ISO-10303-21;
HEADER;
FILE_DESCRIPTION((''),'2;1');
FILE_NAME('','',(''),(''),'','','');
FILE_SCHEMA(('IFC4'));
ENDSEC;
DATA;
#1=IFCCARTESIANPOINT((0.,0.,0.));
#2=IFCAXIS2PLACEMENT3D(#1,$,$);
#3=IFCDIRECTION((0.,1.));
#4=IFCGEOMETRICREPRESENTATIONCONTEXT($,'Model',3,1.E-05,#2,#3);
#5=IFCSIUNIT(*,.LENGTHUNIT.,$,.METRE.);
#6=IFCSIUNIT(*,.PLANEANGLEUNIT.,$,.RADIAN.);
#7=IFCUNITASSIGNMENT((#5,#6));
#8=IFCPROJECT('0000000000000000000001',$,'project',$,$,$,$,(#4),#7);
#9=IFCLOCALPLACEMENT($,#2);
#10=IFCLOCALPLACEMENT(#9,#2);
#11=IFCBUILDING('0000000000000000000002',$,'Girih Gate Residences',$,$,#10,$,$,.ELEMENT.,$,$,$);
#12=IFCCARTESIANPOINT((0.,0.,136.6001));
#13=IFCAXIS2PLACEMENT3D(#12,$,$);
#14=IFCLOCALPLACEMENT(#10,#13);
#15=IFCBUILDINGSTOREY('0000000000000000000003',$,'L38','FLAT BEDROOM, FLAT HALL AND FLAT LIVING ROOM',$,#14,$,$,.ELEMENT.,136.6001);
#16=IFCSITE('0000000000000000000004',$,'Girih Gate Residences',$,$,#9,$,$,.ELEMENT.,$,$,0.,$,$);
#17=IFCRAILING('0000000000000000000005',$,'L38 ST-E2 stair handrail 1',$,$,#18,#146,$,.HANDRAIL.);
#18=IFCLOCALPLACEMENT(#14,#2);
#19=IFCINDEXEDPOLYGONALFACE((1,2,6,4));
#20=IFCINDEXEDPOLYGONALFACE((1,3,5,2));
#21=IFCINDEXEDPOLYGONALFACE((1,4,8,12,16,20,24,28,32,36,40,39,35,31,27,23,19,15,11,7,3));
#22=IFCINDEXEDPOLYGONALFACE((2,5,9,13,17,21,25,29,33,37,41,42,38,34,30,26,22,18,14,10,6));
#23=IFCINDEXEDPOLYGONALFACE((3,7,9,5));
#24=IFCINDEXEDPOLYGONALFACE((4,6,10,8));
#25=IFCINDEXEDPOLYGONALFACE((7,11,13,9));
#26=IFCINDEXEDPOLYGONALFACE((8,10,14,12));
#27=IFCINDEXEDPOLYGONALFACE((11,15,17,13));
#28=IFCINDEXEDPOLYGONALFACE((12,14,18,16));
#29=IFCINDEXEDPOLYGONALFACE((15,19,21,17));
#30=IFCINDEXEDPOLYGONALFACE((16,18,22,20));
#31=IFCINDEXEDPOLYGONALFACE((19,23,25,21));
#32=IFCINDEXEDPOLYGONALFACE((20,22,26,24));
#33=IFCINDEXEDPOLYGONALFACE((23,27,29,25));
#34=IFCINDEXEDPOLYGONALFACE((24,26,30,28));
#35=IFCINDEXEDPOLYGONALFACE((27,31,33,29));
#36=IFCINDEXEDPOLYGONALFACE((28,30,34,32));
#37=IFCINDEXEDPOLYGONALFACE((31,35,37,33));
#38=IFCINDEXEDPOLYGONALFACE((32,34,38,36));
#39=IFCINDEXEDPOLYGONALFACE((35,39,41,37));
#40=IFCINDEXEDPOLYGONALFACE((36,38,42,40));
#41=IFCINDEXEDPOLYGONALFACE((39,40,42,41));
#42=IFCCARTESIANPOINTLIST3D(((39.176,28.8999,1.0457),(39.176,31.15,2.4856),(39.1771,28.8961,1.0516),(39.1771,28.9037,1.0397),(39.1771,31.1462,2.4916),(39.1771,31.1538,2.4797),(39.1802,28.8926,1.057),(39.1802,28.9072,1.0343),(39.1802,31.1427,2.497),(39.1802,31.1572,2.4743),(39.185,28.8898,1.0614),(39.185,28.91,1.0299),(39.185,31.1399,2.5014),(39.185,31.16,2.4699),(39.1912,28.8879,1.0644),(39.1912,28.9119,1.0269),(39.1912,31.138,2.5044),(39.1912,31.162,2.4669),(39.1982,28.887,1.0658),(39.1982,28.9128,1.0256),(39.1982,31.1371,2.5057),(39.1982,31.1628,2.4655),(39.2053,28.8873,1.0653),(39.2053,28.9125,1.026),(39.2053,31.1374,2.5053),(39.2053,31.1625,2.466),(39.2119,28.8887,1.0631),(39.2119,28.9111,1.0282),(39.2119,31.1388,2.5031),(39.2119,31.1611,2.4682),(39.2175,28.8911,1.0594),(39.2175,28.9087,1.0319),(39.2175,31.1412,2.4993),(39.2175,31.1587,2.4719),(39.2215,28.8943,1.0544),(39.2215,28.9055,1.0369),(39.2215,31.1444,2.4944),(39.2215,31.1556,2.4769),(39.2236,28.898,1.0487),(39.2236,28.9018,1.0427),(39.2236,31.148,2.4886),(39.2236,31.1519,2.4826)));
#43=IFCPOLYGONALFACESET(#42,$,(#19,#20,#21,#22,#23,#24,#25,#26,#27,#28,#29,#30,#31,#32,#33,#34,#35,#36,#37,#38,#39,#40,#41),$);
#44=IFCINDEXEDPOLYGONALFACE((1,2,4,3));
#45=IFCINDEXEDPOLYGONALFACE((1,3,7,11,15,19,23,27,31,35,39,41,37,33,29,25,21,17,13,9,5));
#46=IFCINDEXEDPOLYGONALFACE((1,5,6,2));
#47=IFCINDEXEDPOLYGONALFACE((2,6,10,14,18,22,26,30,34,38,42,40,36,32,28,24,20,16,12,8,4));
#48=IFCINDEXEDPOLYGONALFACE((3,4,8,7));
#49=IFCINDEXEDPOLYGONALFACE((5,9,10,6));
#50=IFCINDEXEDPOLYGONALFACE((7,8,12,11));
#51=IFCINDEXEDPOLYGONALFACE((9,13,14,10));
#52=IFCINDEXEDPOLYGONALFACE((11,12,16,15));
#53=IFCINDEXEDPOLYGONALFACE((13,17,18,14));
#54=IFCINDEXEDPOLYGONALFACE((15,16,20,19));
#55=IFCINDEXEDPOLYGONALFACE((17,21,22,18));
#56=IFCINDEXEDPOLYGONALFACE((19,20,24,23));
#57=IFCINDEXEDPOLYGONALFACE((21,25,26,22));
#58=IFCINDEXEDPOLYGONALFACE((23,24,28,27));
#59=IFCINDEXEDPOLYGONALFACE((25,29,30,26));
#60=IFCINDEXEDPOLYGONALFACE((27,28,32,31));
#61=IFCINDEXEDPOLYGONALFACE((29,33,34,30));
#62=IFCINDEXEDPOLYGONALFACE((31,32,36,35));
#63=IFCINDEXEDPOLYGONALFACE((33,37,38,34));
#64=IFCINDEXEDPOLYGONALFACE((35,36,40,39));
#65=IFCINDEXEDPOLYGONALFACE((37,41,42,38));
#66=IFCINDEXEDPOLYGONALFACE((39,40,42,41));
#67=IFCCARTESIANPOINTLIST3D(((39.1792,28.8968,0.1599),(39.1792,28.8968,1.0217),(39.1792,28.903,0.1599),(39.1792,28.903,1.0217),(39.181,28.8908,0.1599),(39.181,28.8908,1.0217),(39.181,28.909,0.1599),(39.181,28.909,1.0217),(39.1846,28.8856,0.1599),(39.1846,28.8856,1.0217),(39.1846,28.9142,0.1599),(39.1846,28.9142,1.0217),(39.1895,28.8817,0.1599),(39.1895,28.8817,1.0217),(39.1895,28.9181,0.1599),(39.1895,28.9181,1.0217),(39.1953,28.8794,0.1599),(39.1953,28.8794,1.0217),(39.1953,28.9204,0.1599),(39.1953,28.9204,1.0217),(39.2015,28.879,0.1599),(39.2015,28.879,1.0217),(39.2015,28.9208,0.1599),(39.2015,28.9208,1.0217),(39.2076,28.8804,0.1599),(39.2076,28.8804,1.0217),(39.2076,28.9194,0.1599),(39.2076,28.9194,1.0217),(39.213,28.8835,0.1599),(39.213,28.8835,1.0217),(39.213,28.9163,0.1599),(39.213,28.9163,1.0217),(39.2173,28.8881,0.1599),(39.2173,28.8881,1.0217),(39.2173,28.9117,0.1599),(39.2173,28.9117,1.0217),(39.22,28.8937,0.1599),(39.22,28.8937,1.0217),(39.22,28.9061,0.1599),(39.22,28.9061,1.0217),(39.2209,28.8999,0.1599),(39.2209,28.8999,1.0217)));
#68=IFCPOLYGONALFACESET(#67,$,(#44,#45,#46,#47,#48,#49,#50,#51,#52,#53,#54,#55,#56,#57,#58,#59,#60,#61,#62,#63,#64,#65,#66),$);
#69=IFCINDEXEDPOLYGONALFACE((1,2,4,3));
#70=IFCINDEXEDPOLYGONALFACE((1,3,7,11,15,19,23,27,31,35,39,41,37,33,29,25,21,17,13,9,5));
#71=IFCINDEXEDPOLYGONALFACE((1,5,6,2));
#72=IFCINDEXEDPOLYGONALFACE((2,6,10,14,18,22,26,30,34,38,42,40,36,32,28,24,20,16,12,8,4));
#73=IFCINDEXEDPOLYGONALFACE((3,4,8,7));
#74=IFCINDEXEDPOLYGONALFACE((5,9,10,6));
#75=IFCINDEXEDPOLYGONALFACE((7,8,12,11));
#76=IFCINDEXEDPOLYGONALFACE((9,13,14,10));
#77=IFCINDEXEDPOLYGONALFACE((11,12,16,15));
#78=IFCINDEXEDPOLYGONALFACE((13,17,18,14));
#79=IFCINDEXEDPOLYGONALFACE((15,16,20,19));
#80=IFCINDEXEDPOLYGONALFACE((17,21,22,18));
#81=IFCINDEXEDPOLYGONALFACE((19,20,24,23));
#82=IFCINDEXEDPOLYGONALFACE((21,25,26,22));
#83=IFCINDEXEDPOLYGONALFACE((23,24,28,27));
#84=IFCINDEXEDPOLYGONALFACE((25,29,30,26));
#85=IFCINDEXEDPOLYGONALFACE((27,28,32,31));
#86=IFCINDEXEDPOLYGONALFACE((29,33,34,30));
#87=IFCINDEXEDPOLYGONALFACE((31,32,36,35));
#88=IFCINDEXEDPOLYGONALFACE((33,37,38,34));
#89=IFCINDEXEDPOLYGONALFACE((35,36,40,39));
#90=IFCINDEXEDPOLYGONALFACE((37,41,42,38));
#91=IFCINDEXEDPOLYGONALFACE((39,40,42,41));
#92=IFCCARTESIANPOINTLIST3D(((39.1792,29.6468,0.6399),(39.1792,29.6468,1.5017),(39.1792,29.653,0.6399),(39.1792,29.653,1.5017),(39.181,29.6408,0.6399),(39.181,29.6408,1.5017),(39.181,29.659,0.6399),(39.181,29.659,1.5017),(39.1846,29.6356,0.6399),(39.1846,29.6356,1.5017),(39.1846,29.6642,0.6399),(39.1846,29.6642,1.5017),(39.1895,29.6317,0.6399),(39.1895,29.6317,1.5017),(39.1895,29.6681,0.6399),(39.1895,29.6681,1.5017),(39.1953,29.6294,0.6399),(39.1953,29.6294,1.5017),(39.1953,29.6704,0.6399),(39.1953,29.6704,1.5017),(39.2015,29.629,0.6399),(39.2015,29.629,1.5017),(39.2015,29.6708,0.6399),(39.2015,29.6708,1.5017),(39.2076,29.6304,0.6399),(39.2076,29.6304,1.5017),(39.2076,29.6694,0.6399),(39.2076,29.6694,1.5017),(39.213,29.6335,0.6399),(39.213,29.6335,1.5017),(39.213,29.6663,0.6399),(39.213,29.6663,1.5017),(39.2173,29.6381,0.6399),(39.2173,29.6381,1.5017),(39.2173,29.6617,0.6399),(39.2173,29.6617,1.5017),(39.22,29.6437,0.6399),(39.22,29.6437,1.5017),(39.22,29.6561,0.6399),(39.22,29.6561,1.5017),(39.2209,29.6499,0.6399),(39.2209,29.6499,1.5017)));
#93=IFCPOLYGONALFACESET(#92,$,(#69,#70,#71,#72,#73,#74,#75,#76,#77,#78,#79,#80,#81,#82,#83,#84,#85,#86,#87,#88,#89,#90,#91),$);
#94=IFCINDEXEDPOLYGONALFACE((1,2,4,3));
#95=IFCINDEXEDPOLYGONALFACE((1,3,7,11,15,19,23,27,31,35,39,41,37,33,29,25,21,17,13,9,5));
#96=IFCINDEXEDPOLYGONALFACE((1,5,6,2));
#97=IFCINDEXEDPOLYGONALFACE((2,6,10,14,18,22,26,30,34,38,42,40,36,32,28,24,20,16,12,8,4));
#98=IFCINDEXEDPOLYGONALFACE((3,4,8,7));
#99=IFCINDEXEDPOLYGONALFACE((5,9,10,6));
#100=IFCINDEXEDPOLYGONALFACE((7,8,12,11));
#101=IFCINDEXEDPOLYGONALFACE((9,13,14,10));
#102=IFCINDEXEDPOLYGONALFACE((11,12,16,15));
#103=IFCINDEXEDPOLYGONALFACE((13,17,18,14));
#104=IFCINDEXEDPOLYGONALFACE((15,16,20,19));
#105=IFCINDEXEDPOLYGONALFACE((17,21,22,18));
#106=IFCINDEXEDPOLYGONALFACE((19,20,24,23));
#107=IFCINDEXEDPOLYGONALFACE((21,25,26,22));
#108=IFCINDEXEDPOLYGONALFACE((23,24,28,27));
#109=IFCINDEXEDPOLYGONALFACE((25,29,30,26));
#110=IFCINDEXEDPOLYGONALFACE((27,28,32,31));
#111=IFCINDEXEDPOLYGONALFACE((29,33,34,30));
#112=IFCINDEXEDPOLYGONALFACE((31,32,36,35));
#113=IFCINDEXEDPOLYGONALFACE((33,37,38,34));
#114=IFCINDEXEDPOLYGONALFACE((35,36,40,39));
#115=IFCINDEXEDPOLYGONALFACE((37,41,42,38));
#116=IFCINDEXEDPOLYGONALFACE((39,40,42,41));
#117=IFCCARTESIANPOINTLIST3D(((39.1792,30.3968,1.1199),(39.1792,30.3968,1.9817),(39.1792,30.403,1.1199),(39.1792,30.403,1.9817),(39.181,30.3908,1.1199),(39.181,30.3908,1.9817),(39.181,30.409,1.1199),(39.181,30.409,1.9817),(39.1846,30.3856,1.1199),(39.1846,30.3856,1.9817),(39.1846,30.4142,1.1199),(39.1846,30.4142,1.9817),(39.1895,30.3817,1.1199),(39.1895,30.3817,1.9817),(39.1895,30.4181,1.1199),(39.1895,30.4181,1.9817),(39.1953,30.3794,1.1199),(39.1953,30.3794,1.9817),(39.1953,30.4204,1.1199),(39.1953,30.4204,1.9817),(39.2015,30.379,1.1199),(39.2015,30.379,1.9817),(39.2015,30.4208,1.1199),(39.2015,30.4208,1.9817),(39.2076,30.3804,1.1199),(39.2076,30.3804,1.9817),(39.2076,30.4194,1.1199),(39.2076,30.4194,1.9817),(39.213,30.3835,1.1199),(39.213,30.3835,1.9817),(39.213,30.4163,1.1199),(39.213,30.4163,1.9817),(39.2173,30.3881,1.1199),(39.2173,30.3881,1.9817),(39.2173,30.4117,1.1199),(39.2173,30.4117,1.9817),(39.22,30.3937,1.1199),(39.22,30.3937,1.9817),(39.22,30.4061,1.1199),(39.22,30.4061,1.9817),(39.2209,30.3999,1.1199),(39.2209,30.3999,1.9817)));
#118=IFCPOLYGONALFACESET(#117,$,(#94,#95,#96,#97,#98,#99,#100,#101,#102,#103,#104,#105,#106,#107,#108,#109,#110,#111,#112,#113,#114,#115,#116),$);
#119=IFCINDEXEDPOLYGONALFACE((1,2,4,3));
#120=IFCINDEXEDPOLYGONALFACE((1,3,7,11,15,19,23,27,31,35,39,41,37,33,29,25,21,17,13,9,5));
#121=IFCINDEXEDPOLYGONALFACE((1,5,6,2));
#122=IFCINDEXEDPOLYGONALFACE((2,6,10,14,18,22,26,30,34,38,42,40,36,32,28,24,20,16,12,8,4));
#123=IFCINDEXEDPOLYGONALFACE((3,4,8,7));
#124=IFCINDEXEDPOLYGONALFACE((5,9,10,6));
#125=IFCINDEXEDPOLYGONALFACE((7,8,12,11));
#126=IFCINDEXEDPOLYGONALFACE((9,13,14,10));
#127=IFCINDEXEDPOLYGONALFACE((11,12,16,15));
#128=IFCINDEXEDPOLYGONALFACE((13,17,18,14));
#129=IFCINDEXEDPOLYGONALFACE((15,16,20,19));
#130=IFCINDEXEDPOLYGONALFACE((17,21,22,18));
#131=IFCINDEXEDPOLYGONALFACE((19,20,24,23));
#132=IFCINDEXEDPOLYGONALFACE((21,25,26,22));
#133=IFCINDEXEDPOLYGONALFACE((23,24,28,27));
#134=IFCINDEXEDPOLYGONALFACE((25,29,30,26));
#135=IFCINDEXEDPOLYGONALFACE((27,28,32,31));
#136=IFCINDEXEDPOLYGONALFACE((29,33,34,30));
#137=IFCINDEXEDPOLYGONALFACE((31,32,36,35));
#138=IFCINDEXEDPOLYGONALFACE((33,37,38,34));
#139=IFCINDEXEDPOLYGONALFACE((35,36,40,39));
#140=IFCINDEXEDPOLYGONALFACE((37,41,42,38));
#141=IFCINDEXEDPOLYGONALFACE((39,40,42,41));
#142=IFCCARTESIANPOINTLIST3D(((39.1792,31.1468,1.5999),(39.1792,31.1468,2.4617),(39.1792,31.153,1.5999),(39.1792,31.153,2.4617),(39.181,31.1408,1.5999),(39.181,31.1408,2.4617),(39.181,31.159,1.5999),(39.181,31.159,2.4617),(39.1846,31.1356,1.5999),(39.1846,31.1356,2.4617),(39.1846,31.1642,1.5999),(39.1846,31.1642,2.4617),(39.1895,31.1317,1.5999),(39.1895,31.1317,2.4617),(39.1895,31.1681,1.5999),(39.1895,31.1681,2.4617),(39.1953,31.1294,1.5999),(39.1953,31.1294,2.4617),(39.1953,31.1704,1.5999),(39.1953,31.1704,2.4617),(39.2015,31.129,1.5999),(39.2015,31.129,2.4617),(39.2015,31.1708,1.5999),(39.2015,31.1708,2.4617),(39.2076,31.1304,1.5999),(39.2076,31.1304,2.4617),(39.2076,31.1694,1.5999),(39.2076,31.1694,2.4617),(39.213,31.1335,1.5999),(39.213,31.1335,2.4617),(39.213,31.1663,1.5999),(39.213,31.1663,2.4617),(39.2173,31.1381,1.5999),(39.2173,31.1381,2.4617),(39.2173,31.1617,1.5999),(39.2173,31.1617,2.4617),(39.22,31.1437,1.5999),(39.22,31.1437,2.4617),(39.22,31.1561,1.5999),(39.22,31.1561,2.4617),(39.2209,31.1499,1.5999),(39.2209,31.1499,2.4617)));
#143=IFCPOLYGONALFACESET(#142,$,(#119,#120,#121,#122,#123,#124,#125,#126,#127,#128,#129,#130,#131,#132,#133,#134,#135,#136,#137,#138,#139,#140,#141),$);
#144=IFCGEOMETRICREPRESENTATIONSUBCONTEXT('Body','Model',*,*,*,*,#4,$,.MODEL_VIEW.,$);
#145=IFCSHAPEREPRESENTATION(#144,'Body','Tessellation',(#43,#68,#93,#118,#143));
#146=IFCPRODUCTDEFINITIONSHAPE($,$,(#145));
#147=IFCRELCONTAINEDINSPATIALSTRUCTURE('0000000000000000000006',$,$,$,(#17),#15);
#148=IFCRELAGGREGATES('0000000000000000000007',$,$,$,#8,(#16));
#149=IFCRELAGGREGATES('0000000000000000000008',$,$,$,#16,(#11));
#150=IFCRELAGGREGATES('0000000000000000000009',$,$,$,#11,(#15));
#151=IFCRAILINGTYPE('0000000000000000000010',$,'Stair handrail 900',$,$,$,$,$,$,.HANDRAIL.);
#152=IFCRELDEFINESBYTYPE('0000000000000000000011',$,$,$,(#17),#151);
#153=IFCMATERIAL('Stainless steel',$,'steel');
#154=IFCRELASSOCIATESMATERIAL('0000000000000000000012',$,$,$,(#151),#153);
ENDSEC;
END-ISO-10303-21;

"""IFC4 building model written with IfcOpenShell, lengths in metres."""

from ifc_helpers import new_model, si_unit, direction, frame, origin, origin_2d, place, context, subcontext, project, spatial, circle, extrude, material, type_object, element, save


model = new_model("IFC4")

# Units and contexts
model_context = context("Model", 3, precision=1e-05, world=origin(), true_north=direction((0.0, 1.0)))
body_context = subcontext(model_context, "Body", "Model", "MODEL_VIEW")
ifc_project = project(units=[si_unit("LENGTHUNIT", "METRE"), si_unit("PLANEANGLEUNIT", "RADIAN")], contexts=[model_context])

# Site, building, storey
site_placement = place(None, origin())
site = spatial("IfcSite", under=ifc_project, at=site_placement, Name="Girih Gate Residences", CompositionType="ELEMENT", RefElevation=0.0)
building_placement = place(site_placement, origin())
building = spatial("IfcBuilding", under=site, at=building_placement, Name="Girih Gate Residences", CompositionType="ELEMENT")
storey_placement = place(building_placement, frame((0.0, 0.0, 136.6001)))
storey = spatial("IfcBuildingStorey", under=building, at=storey_placement, Name="L38", Description="FLAT BEDROOM, FLAT HALL AND FLAT LIVING ROOM", CompositionType="ELEMENT", Elevation=136.6001)

# Railing
ifc_material_1 = material(Name="Stainless steel", Category="steel")
railing_type_1 = type_object("IfcRailingType", Name="Stair handrail 900", PredefinedType="HANDRAIL", material=ifc_material_1)
railing_1_placement = place(storey_placement, frame((39.2, 28.8999, 0.1599)))
element("IfcRailing", 1, at=railing_1_placement, inside=storey, type_object=railing_type_1, Name="L38 ST-E2 stair handrail 1", PredefinedType="HANDRAIL", context=body_context, shape_type="SweptSolid", body=[
    extrude(circle(Radius=0.0239, at=origin_2d()), frame((0.0, 0.0, 0.8857), z_axis=(0.0, 0.842281, 0.539038), x_axis=(-1.0, 0.0, 0.0)), (0.0, 0.0, 1.0), 2.6714),
    extrude(circle(Radius=0.021, at=origin_2d()), origin(), (0.0, 0.0, 1.0), 0.8618),
    extrude(circle(Radius=0.021, at=origin_2d()), frame((0.0, 0.75, 0.48)), (0.0, 0.0, 1.0), 0.8618),
    extrude(circle(Radius=0.021, at=origin_2d()), frame((0.0, 1.5, 0.96)), (0.0, 0.0, 1.0), 0.8618),
    extrude(circle(Radius=0.021, at=origin_2d()), frame((0.0, 2.25, 1.4399)), (0.0, 0.0, 1.0), 0.8618),
])

save(model, "model.ifc")
